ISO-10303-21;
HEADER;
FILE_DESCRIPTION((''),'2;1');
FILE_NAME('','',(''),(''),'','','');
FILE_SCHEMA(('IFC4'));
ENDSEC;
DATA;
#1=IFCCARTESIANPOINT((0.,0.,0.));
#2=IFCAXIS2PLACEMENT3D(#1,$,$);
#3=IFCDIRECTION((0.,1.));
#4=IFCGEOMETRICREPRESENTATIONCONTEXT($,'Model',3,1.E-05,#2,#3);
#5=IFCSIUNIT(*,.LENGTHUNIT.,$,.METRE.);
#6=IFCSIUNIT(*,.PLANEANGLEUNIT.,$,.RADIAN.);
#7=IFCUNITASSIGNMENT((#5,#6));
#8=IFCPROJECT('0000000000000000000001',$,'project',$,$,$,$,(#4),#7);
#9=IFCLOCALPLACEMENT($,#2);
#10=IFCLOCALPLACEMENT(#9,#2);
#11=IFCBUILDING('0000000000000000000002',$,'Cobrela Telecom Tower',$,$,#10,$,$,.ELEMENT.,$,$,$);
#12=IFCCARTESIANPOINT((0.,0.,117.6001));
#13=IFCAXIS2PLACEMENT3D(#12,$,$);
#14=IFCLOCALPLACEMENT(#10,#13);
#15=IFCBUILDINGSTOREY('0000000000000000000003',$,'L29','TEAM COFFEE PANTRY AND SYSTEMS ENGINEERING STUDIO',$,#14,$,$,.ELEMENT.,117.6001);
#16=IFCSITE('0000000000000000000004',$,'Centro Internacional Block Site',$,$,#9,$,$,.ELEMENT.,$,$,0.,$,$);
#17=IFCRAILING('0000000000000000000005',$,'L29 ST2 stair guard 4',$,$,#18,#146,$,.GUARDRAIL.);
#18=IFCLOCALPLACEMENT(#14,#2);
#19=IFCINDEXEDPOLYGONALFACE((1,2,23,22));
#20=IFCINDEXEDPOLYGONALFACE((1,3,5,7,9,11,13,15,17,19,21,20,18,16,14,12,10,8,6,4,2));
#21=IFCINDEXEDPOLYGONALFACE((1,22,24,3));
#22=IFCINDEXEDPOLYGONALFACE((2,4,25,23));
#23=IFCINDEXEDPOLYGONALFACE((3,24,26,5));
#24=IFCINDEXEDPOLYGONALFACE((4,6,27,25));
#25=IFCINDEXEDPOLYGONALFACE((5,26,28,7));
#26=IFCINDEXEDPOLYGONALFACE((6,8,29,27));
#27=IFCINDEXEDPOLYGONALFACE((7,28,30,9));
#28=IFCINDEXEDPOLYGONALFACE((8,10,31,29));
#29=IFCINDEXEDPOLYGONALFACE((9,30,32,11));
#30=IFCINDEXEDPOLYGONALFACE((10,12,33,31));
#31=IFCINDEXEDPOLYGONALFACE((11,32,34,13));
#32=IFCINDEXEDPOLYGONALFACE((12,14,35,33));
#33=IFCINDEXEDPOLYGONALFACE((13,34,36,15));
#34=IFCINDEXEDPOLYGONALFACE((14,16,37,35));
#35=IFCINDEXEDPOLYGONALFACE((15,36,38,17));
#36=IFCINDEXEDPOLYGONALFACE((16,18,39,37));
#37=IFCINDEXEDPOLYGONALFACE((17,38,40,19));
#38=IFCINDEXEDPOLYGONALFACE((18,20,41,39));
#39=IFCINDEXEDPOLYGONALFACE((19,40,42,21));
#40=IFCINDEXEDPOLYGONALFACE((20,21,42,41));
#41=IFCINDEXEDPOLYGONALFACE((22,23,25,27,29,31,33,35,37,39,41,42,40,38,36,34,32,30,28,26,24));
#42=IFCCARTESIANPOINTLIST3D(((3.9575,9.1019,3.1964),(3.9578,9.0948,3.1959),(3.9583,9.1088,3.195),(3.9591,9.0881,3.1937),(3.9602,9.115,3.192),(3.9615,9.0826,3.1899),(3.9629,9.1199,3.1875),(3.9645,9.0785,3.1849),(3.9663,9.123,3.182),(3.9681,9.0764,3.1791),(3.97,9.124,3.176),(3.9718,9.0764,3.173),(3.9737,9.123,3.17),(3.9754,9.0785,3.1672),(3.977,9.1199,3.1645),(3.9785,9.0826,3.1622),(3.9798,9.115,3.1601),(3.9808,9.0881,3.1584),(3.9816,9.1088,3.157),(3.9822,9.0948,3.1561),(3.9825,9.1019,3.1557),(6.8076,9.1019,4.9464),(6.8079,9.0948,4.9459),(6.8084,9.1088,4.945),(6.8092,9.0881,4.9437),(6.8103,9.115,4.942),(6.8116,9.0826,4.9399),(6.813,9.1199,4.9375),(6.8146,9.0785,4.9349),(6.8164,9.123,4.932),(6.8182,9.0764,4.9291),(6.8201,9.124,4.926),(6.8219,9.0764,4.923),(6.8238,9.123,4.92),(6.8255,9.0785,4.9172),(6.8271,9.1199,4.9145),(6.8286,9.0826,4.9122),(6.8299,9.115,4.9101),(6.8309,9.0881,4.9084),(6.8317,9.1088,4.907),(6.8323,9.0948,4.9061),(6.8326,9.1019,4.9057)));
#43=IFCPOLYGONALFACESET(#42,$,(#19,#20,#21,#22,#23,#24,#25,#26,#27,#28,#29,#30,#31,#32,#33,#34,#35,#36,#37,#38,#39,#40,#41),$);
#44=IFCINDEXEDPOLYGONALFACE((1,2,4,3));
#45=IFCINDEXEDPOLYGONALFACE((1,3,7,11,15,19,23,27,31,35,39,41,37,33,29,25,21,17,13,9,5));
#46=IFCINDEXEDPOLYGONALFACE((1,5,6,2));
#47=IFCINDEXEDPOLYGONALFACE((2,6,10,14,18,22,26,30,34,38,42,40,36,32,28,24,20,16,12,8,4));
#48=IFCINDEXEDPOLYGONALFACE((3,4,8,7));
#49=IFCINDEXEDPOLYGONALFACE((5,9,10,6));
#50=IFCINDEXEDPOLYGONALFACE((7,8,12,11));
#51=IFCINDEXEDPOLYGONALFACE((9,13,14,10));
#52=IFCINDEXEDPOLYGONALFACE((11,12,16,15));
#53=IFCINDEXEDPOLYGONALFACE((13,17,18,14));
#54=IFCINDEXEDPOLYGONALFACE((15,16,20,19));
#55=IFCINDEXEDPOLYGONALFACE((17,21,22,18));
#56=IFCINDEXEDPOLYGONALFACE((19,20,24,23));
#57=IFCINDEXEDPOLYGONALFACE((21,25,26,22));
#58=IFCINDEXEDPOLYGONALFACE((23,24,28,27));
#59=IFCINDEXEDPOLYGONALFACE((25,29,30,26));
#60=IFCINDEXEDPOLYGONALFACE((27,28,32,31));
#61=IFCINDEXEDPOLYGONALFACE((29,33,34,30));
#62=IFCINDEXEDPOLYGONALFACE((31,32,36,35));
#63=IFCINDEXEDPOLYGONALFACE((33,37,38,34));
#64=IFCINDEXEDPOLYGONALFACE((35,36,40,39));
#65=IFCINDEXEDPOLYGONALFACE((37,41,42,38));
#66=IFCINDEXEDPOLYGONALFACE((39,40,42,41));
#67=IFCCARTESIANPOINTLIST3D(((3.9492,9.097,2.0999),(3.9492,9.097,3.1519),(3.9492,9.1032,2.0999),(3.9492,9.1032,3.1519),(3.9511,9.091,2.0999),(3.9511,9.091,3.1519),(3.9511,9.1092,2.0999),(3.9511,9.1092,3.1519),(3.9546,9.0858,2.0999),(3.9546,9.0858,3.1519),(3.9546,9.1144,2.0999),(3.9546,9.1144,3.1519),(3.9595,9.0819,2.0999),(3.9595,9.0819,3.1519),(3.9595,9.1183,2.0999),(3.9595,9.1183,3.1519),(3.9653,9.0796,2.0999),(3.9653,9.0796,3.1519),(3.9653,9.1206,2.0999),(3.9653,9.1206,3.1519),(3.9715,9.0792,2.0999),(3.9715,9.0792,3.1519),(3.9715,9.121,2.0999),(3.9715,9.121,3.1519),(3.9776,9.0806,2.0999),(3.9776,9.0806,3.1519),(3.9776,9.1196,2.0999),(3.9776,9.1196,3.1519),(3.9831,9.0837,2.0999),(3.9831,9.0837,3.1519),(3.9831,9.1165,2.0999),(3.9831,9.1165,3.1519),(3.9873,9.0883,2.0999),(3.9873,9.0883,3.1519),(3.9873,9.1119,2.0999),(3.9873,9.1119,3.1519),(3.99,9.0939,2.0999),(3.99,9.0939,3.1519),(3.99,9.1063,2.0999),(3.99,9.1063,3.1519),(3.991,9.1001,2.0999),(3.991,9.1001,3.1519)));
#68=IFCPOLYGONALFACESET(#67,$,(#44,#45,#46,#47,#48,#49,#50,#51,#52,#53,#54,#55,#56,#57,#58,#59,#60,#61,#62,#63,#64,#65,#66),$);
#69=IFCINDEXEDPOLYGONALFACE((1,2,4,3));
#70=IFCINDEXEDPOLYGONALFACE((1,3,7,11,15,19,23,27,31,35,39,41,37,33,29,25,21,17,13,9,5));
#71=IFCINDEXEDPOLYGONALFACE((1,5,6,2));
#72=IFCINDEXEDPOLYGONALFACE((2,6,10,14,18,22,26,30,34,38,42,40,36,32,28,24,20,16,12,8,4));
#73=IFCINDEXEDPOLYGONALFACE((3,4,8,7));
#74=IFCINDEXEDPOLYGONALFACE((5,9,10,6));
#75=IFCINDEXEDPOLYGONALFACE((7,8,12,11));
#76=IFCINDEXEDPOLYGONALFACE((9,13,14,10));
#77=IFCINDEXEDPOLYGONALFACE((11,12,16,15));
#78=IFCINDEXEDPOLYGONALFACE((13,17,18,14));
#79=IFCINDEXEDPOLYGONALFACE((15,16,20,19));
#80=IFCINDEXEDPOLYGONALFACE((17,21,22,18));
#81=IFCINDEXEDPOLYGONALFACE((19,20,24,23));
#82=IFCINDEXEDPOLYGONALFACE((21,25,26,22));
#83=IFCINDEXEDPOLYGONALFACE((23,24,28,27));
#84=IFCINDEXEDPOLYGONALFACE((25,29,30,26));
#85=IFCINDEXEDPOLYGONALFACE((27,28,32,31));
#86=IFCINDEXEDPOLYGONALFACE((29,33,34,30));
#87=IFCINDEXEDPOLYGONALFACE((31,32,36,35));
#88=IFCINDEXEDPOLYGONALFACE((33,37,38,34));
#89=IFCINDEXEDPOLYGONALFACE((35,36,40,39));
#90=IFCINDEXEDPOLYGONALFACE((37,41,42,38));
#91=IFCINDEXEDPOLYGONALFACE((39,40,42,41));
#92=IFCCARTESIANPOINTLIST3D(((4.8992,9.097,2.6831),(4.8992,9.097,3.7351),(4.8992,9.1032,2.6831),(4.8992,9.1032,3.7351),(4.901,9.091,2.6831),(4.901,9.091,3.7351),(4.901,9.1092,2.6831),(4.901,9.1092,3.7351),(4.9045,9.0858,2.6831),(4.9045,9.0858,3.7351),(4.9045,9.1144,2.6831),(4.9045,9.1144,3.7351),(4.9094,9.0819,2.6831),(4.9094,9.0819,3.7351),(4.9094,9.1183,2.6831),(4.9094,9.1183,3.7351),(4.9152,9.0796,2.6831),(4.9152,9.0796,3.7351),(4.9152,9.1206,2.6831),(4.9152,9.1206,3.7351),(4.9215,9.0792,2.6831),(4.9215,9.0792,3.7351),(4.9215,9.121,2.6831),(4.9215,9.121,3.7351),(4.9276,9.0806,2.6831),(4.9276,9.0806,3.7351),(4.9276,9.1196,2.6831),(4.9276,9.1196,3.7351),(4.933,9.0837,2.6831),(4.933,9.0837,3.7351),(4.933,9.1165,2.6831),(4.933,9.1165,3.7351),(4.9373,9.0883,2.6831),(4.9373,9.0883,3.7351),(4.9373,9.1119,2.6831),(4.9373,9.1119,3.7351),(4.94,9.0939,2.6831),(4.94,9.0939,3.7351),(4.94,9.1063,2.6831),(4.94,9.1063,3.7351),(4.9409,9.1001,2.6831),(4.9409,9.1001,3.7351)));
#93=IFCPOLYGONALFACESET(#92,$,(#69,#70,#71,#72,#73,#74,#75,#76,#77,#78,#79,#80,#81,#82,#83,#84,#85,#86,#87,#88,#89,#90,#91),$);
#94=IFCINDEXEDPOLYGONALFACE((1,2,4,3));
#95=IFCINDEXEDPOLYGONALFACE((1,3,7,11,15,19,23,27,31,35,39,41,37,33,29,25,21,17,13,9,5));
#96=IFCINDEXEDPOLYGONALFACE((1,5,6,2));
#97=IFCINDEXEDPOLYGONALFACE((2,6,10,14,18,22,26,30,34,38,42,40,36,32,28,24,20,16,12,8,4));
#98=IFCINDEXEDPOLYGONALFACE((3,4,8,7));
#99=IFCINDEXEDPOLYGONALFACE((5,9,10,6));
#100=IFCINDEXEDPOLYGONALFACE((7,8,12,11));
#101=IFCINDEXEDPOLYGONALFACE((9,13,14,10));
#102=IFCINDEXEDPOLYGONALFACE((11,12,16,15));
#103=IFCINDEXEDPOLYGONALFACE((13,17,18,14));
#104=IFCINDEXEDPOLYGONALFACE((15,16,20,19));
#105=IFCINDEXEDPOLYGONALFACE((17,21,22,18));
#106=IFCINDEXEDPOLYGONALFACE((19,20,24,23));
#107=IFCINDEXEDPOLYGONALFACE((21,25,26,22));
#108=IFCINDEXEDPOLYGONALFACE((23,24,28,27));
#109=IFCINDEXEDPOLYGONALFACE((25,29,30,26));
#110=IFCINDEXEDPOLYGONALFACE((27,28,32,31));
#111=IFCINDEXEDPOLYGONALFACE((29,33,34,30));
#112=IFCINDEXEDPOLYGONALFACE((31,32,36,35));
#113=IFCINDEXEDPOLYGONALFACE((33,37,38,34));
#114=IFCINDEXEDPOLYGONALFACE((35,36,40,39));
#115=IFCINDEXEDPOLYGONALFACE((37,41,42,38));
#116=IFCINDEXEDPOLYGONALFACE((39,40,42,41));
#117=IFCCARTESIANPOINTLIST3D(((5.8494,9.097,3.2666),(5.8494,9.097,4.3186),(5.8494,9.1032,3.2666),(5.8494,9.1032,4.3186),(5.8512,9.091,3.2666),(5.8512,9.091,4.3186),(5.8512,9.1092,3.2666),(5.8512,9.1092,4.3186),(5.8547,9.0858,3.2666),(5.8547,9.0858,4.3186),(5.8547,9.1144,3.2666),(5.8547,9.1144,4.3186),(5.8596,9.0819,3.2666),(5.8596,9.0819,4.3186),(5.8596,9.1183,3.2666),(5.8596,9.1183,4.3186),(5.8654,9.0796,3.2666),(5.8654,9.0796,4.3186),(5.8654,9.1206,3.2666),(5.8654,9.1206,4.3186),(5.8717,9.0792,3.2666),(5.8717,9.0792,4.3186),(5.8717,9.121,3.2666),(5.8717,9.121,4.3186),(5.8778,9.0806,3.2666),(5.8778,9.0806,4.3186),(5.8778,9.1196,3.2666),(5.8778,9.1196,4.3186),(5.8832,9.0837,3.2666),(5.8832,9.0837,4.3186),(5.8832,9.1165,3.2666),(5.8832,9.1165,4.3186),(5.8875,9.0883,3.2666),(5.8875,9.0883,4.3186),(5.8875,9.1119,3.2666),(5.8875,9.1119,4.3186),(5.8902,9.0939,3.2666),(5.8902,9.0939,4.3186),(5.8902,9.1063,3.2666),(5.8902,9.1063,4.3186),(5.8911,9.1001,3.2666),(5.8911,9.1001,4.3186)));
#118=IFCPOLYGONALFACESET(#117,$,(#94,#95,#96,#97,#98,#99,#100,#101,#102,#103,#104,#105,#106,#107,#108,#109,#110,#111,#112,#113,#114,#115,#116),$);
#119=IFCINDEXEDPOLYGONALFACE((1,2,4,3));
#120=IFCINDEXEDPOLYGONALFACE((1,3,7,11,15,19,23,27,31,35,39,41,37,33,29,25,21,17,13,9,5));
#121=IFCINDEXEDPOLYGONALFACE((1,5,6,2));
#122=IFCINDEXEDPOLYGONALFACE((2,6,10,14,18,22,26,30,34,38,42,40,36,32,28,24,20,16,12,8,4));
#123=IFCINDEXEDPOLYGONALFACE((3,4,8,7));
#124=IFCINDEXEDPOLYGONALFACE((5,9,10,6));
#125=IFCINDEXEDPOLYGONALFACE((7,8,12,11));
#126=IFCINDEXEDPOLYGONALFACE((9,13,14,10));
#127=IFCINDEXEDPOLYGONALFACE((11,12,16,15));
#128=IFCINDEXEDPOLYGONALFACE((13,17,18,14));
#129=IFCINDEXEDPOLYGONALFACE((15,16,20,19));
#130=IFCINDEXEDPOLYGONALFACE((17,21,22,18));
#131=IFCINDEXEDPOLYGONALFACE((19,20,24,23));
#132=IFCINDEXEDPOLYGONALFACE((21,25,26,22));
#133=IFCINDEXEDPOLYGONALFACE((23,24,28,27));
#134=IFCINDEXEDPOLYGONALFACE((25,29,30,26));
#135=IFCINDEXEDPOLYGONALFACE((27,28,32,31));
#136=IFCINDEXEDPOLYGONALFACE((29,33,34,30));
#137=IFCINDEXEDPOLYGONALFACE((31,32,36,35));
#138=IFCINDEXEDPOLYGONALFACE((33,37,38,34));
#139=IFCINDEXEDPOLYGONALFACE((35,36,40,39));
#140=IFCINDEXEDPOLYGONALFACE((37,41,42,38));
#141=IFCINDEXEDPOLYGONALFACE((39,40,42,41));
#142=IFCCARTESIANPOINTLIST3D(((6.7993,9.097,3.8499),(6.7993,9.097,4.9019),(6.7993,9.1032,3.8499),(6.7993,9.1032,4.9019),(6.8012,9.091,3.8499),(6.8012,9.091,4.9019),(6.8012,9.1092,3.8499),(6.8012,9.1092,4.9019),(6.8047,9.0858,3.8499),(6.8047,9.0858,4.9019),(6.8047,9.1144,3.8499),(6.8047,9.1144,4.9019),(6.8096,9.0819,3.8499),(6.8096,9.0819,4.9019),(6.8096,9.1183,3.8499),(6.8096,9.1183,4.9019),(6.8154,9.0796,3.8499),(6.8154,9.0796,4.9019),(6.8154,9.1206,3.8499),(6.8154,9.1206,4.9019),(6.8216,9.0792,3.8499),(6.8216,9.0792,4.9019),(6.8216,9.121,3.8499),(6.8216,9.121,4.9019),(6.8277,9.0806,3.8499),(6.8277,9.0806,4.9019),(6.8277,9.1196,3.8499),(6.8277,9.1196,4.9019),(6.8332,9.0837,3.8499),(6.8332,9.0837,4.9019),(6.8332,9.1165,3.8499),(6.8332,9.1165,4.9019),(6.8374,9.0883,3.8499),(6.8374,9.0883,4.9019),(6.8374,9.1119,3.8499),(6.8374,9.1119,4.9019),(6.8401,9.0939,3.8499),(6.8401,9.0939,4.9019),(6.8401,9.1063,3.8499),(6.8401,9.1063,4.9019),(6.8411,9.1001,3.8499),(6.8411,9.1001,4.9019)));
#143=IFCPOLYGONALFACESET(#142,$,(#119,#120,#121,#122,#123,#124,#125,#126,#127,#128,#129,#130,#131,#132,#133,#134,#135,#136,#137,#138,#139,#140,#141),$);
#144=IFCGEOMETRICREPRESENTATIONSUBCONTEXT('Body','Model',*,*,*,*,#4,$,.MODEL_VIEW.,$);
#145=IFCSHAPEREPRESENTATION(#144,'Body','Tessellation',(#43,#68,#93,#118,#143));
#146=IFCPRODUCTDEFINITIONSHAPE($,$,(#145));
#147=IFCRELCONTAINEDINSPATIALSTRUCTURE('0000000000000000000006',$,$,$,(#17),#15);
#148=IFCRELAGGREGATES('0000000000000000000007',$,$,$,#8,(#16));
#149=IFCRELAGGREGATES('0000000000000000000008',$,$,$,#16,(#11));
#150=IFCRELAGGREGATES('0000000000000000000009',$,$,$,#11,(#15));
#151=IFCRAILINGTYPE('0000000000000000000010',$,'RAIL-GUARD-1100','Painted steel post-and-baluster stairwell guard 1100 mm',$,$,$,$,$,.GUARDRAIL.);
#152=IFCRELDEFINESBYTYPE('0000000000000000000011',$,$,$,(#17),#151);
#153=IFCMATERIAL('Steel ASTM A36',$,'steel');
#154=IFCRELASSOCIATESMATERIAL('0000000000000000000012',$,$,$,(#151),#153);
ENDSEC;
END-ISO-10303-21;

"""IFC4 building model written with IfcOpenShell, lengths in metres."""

from ifc_helpers import new_model, si_unit, direction, frame, origin, origin_2d, place, context, subcontext, project, spatial, circle, extrude, material, type_object, element, save


model = new_model("IFC4")

# Units and contexts
model_context = context("Model", 3, precision=1e-05, world=origin(), true_north=direction((0.0, 1.0)))
body_context = subcontext(model_context, "Body", "Model", "MODEL_VIEW")
ifc_project = project(units=[si_unit("LENGTHUNIT", "METRE"), si_unit("PLANEANGLEUNIT", "RADIAN")], contexts=[model_context])

# Site, building, storey
site_placement = place(None, origin())
site = spatial("IfcSite", under=ifc_project, at=site_placement, Name="Centro Internacional Block Site", CompositionType="ELEMENT", RefElevation=0.0)
building_placement = place(site_placement, origin())
building = spatial("IfcBuilding", under=site, at=building_placement, Name="Cobrela Telecom Tower", CompositionType="ELEMENT")
storey_placement = place(building_placement, frame((0.0, 0.0, 117.6001)))
storey = spatial("IfcBuildingStorey", under=building, at=storey_placement, Name="L29", Description="TEAM COFFEE PANTRY AND SYSTEMS ENGINEERING STUDIO", CompositionType="ELEMENT", Elevation=117.6001)

# Shared definitions
ifc_material_1 = material(Name="Steel ASTM A36", Category="steel")

# Railing
railing_type_1 = type_object("IfcRailingType", Name="RAIL-GUARD-1100", Description="Painted steel post-and-baluster stairwell guard 1100 mm", PredefinedType="GUARDRAIL", material=ifc_material_1)
railing_1_placement = place(storey_placement, frame((3.97, 9.1001, 2.0999)))
element("IfcRailing", 1, at=railing_1_placement, inside=storey, type_object=railing_type_1, Name="L29 ST2 stair guard 4", PredefinedType="GUARDRAIL", context=body_context, shape_type="SweptSolid", body=[
    extrude(circle(Radius=0.0239, at=origin_2d()), frame((0.0, 0.0, 1.0762), z_axis=(0.852179, 0.0, 0.52325), x_axis=(0.0, 1.0, 0.0)), (0.0, 0.0, 1.0), 3.3445),
    extrude(circle(Radius=0.021, at=origin_2d()), origin(), (0.0, 0.0, 1.0), 1.052),
    extrude(circle(Radius=0.021, at=origin_2d()), frame((0.95, 0.0, 0.5833)), (0.0, 0.0, 1.0), 1.052),
    extrude(circle(Radius=0.021, at=origin_2d()), frame((1.9001, 0.0, 1.1667)), (0.0, 0.0, 1.0), 1.052),
    extrude(circle(Radius=0.021, at=origin_2d()), frame((2.8501, 0.0, 1.75)), (0.0, 0.0, 1.0), 1.052),
])

save(model, "model.ifc")
